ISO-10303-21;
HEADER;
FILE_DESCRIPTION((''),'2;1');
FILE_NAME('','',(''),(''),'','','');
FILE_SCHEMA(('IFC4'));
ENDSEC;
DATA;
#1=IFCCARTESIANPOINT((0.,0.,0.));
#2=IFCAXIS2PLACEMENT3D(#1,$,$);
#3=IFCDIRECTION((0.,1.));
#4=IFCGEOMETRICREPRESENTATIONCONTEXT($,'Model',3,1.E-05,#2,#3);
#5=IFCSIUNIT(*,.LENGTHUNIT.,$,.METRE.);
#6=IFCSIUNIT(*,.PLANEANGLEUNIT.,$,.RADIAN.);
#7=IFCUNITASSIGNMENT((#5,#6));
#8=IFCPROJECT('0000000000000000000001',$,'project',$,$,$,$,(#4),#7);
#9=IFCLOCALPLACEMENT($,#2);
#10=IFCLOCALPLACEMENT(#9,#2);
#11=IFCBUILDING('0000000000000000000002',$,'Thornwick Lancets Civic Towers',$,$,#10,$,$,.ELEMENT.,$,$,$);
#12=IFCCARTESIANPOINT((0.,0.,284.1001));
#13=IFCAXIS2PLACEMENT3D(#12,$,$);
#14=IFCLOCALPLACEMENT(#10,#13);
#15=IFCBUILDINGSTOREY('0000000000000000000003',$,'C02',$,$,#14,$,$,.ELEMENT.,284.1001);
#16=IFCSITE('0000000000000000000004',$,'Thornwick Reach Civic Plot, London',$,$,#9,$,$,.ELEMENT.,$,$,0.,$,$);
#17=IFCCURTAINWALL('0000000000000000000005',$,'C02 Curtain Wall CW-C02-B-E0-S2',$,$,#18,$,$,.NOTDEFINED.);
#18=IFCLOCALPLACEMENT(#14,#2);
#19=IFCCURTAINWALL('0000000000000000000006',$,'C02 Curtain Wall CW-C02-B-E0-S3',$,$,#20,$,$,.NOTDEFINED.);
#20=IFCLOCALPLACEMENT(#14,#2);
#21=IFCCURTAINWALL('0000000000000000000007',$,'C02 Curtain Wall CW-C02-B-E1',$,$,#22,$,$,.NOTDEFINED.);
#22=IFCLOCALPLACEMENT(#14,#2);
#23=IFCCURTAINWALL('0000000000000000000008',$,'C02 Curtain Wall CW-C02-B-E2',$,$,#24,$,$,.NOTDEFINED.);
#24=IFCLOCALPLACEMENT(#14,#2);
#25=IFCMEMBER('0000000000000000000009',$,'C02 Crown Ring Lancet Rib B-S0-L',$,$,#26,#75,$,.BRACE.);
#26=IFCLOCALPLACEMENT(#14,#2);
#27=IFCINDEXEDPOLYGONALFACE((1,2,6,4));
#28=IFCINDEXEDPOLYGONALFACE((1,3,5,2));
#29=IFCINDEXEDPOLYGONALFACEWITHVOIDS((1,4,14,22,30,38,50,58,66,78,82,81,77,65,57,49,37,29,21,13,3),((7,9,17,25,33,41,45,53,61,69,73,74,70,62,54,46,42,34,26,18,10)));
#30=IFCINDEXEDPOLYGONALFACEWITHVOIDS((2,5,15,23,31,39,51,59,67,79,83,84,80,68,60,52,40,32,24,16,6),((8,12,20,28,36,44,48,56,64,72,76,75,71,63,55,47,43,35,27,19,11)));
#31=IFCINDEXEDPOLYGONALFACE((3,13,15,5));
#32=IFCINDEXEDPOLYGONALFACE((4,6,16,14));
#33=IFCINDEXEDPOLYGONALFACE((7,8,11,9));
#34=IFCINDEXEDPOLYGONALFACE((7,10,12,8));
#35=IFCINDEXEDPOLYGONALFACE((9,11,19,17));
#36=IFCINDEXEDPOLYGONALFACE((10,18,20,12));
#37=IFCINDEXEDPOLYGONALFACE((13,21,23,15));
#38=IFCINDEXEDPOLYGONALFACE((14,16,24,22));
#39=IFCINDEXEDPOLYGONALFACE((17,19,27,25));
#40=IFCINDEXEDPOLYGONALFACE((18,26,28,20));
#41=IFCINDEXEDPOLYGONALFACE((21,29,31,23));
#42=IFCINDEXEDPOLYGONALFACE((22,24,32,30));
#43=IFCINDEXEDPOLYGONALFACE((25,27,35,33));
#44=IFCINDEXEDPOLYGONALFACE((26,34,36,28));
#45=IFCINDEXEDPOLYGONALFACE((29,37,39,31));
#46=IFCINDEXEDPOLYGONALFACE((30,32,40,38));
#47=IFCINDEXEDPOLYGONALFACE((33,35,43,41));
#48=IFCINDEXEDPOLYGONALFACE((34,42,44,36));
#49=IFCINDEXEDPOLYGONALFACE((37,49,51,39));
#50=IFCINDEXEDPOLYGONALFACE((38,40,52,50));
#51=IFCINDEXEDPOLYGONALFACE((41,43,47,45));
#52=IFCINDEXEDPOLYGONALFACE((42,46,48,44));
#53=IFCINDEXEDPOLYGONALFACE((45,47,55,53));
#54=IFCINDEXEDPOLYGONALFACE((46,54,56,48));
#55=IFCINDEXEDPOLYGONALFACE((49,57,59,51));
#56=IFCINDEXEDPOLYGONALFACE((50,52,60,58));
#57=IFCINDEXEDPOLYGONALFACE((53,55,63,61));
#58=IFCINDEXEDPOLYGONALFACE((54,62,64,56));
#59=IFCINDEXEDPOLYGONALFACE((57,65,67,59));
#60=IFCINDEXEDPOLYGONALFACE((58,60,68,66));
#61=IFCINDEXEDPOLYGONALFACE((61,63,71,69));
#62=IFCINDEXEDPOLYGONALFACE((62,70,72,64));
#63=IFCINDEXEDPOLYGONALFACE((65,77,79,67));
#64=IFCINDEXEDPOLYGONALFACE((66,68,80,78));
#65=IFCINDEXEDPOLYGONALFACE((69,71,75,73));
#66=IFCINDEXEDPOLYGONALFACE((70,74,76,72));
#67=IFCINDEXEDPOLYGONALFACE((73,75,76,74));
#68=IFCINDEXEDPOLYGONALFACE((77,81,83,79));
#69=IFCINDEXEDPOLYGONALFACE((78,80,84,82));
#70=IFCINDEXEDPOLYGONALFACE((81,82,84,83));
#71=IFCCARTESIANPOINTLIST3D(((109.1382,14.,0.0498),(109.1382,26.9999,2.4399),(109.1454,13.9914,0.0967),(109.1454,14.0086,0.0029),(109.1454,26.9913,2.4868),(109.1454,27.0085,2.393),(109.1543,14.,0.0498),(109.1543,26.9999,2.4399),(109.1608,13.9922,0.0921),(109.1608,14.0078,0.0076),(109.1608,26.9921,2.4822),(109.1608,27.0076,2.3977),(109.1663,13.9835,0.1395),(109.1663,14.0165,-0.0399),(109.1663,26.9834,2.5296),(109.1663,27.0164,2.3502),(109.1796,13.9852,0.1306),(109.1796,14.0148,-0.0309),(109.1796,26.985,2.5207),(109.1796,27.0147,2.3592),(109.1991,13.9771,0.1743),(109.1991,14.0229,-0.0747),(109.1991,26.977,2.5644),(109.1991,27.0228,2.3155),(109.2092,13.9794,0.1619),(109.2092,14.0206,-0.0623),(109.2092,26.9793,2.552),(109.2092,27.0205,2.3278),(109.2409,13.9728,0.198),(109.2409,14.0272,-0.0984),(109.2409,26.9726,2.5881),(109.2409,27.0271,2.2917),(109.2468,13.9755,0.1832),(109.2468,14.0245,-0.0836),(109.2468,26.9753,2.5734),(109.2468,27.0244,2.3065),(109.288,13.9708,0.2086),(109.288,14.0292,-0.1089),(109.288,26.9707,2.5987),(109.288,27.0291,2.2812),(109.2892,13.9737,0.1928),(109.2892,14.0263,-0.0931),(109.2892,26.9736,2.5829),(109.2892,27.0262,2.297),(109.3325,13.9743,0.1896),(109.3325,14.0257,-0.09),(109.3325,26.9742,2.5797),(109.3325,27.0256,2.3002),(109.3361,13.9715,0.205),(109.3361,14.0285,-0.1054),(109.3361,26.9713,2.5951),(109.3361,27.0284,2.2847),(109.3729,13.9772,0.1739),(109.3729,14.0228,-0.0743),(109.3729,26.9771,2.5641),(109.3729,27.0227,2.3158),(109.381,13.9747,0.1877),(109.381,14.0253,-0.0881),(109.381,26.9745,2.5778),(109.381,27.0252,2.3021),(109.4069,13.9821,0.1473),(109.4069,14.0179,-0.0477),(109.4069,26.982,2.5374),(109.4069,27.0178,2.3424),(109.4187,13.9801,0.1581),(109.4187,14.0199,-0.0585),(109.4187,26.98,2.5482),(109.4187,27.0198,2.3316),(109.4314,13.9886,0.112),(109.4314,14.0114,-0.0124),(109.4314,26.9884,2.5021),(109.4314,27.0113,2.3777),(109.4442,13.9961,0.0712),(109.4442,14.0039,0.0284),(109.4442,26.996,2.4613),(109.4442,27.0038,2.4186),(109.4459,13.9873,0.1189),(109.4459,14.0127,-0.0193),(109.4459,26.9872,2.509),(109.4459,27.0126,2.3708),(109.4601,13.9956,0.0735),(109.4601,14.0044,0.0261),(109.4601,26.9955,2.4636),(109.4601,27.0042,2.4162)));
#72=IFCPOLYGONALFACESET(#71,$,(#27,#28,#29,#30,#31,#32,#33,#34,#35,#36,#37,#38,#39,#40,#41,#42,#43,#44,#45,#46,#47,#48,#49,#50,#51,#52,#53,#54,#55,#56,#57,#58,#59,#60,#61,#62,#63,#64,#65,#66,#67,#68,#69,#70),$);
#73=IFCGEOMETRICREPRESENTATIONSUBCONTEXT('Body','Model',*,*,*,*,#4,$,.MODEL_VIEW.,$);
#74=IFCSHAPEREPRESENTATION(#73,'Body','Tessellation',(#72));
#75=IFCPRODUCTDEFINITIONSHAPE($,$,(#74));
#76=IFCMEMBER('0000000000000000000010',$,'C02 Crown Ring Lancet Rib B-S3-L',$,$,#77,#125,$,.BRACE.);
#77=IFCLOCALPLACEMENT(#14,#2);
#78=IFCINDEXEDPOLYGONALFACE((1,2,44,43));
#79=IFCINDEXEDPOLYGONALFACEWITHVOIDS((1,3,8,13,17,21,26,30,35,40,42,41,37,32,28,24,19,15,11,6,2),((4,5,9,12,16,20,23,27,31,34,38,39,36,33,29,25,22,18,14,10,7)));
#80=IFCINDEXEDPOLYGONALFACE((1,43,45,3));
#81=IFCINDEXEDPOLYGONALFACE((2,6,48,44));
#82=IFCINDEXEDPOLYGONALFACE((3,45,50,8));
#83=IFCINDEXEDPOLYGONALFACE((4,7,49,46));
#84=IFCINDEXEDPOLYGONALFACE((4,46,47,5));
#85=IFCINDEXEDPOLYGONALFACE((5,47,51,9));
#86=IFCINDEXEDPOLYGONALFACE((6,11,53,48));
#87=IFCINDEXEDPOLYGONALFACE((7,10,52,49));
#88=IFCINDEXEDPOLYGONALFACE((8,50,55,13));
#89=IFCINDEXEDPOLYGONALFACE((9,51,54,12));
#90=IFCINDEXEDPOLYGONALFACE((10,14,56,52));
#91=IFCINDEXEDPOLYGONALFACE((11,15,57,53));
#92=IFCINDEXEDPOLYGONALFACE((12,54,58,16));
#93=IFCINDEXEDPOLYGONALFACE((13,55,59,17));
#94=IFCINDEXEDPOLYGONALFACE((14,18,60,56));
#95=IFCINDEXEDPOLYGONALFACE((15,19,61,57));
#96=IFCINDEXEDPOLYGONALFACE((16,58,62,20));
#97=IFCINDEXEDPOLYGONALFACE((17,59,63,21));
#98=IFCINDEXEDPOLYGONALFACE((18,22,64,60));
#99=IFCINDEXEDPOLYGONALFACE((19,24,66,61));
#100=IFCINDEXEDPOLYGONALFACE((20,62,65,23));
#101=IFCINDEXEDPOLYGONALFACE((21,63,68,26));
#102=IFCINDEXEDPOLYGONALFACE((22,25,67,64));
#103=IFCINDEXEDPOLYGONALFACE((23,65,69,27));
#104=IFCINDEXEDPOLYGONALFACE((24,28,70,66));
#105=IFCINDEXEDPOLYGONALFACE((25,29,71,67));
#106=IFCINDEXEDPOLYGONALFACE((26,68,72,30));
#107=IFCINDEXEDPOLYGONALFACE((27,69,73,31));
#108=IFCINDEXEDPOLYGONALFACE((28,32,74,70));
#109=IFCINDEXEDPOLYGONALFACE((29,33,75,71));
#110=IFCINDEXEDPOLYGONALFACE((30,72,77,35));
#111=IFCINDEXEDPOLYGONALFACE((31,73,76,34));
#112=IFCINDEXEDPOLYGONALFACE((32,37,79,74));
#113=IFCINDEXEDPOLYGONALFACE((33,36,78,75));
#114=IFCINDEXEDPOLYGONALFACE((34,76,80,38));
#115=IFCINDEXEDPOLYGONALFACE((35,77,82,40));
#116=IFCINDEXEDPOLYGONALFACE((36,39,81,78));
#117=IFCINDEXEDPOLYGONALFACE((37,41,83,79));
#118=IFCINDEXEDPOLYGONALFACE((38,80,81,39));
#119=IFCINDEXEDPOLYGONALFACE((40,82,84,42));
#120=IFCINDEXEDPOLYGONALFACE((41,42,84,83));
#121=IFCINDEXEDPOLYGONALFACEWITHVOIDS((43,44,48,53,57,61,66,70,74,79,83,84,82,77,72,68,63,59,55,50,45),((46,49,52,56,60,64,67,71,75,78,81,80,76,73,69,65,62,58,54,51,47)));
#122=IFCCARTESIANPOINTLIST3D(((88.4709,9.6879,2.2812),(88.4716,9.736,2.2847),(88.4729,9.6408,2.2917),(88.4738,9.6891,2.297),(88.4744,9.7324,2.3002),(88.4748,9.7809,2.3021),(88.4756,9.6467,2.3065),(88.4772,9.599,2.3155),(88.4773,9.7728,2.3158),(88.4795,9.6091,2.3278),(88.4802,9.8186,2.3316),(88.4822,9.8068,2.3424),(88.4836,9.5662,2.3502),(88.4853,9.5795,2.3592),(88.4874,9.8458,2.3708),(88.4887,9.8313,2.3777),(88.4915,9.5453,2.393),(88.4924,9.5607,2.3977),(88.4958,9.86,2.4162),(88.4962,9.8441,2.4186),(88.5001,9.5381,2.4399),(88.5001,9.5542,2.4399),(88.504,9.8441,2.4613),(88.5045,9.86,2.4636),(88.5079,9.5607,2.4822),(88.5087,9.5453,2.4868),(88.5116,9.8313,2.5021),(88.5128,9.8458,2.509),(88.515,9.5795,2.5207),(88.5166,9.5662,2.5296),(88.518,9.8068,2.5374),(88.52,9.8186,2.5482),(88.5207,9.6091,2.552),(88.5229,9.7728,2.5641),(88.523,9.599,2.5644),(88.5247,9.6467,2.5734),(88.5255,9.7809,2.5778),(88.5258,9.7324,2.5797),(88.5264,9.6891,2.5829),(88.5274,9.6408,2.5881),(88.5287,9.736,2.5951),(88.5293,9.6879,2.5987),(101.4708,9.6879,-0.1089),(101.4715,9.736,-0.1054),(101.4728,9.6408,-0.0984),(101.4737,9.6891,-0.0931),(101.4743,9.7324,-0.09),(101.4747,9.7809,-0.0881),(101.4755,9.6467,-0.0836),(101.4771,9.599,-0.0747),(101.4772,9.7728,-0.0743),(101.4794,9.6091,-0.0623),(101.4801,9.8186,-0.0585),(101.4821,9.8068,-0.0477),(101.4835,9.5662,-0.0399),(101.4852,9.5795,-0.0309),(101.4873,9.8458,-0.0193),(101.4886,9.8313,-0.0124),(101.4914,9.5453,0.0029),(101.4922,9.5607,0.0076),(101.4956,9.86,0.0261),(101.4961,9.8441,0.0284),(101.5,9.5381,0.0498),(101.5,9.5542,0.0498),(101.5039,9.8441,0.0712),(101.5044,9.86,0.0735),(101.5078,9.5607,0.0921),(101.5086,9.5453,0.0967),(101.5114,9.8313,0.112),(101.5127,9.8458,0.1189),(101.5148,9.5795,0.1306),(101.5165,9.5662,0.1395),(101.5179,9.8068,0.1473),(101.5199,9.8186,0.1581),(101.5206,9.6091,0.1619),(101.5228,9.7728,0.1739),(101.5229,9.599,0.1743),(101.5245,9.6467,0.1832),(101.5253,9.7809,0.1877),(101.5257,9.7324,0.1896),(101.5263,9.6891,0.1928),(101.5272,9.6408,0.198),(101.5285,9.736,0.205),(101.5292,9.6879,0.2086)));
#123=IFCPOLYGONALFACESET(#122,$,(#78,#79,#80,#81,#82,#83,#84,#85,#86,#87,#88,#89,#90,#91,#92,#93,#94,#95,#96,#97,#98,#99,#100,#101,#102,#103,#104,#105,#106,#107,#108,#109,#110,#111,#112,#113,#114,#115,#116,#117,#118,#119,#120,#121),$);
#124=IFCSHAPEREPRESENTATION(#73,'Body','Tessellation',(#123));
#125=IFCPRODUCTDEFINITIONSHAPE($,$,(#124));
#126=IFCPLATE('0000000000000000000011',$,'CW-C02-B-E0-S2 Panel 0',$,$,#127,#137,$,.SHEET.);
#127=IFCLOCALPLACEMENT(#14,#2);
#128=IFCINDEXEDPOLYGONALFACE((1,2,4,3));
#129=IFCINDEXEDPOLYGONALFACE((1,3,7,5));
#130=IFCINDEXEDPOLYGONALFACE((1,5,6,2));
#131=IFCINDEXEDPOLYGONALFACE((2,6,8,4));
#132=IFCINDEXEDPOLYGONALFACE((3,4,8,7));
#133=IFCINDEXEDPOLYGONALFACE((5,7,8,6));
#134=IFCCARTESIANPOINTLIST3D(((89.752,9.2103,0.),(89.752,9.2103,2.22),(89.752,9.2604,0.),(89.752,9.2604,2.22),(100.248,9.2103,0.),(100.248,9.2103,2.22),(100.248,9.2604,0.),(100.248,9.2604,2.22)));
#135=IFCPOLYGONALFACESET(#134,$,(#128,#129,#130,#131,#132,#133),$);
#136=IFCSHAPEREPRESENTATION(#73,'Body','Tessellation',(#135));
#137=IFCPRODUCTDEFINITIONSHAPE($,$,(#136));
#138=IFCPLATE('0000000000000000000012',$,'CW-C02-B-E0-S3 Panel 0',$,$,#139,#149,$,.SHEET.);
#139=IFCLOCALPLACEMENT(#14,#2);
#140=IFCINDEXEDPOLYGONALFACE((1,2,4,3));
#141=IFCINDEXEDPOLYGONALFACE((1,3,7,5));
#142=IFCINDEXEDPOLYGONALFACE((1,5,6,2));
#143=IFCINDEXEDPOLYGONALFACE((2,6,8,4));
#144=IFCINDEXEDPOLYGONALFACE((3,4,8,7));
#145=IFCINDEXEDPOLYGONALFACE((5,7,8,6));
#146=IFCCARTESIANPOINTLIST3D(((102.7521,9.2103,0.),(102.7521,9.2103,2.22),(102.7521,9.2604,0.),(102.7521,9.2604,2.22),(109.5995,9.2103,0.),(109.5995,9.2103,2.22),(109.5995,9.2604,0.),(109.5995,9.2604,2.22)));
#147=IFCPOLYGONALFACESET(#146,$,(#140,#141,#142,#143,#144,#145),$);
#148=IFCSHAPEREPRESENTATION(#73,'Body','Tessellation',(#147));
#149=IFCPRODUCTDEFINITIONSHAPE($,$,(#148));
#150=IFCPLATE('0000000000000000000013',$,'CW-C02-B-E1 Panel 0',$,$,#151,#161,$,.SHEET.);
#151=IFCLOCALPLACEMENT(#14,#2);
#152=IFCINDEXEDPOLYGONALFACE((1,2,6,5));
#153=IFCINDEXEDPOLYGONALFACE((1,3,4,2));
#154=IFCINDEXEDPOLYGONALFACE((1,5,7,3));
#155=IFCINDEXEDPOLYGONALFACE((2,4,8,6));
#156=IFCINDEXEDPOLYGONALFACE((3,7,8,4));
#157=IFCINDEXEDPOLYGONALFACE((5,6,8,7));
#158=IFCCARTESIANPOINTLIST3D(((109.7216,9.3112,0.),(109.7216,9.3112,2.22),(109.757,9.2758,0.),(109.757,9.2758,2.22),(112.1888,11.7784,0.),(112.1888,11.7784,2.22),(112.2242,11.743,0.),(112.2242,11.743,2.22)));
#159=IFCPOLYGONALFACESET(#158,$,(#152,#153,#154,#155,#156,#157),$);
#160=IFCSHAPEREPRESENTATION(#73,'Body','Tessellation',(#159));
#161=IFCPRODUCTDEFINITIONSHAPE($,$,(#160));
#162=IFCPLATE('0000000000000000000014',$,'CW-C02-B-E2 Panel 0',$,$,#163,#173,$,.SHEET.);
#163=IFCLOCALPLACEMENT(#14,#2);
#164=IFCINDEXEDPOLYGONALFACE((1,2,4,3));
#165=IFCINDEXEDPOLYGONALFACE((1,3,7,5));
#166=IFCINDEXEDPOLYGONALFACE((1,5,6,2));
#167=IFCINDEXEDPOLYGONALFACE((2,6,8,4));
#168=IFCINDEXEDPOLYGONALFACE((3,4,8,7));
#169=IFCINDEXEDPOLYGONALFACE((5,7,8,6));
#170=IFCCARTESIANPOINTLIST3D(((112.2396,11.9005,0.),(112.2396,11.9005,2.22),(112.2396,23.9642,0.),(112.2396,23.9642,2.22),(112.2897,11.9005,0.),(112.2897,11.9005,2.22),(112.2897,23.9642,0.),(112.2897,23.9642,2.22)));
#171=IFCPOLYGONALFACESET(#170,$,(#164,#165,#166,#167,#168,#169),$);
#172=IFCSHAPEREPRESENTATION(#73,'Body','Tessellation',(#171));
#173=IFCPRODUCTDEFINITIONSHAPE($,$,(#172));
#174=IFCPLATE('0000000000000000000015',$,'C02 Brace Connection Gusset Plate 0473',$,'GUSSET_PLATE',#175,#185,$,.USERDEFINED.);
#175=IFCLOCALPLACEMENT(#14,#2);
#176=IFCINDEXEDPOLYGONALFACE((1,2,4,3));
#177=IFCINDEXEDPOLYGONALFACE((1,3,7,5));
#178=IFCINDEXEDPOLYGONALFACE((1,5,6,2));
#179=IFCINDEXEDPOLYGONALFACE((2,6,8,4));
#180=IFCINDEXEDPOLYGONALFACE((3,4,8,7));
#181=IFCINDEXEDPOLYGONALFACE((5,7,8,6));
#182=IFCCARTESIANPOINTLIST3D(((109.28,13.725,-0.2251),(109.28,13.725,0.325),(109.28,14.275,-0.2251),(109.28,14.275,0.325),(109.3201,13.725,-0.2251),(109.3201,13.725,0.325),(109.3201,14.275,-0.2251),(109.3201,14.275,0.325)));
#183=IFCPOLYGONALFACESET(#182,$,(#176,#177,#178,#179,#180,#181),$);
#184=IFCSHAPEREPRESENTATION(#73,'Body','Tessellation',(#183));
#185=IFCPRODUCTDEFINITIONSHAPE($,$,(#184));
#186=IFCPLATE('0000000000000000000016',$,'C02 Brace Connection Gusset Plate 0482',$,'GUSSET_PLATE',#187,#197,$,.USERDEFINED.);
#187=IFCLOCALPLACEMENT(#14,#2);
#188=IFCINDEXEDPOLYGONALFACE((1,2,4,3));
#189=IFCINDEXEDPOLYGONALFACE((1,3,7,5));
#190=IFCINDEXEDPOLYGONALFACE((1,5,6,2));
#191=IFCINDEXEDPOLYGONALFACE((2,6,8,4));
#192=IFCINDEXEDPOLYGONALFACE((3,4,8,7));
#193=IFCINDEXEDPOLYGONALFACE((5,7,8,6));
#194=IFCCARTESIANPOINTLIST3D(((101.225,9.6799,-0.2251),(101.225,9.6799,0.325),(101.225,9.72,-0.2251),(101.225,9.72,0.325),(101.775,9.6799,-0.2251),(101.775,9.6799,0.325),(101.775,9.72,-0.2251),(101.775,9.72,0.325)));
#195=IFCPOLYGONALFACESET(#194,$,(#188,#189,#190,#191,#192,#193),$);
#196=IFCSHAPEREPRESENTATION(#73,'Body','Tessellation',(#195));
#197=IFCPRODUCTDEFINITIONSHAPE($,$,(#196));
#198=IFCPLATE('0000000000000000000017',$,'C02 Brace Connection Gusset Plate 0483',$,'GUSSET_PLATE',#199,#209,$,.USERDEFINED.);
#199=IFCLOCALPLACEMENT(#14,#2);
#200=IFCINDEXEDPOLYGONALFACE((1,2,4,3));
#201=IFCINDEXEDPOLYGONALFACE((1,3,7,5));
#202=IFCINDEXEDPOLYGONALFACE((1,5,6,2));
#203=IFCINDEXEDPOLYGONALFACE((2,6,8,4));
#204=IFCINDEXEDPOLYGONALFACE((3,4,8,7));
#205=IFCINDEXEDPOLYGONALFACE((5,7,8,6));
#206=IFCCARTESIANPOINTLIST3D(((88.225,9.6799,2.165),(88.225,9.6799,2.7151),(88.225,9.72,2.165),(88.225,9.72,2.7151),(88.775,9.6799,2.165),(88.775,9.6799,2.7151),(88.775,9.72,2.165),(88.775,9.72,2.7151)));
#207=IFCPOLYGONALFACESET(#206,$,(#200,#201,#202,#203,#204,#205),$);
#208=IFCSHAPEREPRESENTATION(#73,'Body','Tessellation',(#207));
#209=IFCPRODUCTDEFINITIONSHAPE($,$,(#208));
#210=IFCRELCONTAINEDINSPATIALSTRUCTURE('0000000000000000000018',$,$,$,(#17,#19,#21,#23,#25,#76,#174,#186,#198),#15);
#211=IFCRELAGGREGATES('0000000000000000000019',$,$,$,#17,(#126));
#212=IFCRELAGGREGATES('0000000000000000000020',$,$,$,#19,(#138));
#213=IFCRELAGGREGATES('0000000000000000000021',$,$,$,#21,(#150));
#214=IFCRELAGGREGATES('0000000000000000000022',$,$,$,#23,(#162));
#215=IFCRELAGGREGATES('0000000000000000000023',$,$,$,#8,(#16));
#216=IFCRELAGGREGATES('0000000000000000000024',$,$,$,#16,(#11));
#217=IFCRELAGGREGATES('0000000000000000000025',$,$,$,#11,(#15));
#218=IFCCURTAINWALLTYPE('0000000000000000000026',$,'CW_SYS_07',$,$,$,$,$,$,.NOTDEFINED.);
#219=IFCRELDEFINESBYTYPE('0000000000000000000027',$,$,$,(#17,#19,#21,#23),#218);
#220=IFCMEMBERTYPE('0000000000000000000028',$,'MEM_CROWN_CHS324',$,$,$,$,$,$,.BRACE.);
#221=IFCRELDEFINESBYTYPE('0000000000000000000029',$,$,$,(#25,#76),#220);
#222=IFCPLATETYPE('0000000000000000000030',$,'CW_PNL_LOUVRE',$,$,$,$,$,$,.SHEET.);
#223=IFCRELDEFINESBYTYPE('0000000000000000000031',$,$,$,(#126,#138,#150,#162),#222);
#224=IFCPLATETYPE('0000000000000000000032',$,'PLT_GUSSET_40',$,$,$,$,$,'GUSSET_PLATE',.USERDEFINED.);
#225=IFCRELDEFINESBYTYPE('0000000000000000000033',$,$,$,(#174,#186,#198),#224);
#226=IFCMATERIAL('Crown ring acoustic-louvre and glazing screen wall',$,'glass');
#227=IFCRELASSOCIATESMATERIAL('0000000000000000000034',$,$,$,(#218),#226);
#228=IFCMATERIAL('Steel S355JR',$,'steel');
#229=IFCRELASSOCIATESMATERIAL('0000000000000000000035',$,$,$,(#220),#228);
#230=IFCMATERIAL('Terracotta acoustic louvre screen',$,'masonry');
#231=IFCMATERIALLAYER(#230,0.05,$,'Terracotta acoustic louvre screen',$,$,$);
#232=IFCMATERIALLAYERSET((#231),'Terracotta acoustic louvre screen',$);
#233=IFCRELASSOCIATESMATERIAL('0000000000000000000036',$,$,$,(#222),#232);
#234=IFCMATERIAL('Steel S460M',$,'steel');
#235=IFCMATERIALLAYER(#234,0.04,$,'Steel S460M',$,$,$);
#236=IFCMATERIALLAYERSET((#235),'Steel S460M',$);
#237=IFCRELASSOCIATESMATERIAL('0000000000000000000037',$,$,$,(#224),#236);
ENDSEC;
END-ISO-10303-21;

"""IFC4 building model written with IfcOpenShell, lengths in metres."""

from ifc_helpers import new_model, si_unit, direction, frame, origin, origin_2d, place, context, subcontext, project, spatial, rectangle, hollow_circle, extrude, material, layer, layer_set, material_profile, profile_set, type_object, element, aggregate, save


model = new_model("IFC4")

# Units and contexts
model_context = context("Model", 3, precision=1e-05, world=origin(), true_north=direction((0.0, 1.0)))
body_context = subcontext(model_context, "Body", "Model", "MODEL_VIEW")
ifc_project = project(units=[si_unit("LENGTHUNIT", "METRE"), si_unit("PLANEANGLEUNIT", "RADIAN")], contexts=[model_context])

# Site, building, storey
site_placement = place(None, origin())
site = spatial("IfcSite", under=ifc_project, at=site_placement, Name="Thornwick Reach Civic Plot, London", CompositionType="ELEMENT", RefElevation=0.0)
building_placement = place(site_placement, origin())
building = spatial("IfcBuilding", under=site, at=building_placement, Name="Thornwick Lancets Civic Towers", CompositionType="ELEMENT")
storey_placement = place(building_placement, frame((0.0, 0.0, 284.1001)))
storey = spatial("IfcBuildingStorey", under=building, at=storey_placement, Name="C02", CompositionType="ELEMENT", Elevation=284.1001)

# Shared definitions
ifc_material_1 = material(Name="Steel S355JR", Category="steel")

# Curtain walls
ifc_material_2 = material(Name="Crown ring acoustic-louvre and glazing screen wall", Category="glass")
curtain_wall_type = type_object("IfcCurtainWallType", Name="CW_SYS_07", PredefinedType="NOTDEFINED", material=ifc_material_2)
curtain_wall_1_placement = place(storey_placement, origin())
curtain_wall_1 = element("IfcCurtainWall", 1, at=curtain_wall_1_placement, inside=storey, type_object=curtain_wall_type, Name="C02 Curtain Wall CW-C02-B-E0-S2", PredefinedType="NOTDEFINED")
curtain_wall_2_placement = place(storey_placement, origin())
curtain_wall_2 = element("IfcCurtainWall", 2, at=curtain_wall_2_placement, inside=storey, type_object=curtain_wall_type, Name="C02 Curtain Wall CW-C02-B-E0-S3", PredefinedType="NOTDEFINED")
curtain_wall_3_placement = place(storey_placement, origin())
curtain_wall_3 = element("IfcCurtainWall", 3, at=curtain_wall_3_placement, inside=storey, type_object=curtain_wall_type, Name="C02 Curtain Wall CW-C02-B-E1", PredefinedType="NOTDEFINED")
curtain_wall_4_placement = place(storey_placement, origin())
curtain_wall_4 = element("IfcCurtainWall", 4, at=curtain_wall_4_placement, inside=storey, type_object=curtain_wall_type, Name="C02 Curtain Wall CW-C02-B-E2", PredefinedType="NOTDEFINED")

# Members
ifc_material_profile_1 = material_profile(ifc_material_1, hollow_circle(Radius=0.1619, WallThickness=0.0161, at=origin_2d()), Name="CHS 323.9x16")
ifc_profile_set_1 = profile_set([ifc_material_profile_1], Name="Steel S355JR")
member_type_1 = type_object("IfcMemberType", Name="MEM_CROWN_CHS324", PredefinedType="BRACE", material=ifc_profile_set_1)
for number, where, z_axis, x_axis, name in (
    (5, (109.3, 14.0, 0.0498), (0.0, 0.983515, 0.180826), (-1.0, 0.0, 0.0), "C02 Crown Ring Lancet Rib B-S0-L"),
    (6, (101.5, 9.7, 0.0498), (-0.983515, 0.0, 0.180826), (0.0, -1.0, 0.0), "C02 Crown Ring Lancet Rib B-S3-L"),
):
    element("IfcMember", number, at=place(storey_placement, frame(where, z_axis=z_axis, x_axis=x_axis)), inside=storey, type_object=member_type_1, Name=name, PredefinedType="BRACE", context=body_context, shape_type="SweptSolid", body=[
        extrude(hollow_circle(Radius=0.1619, WallThickness=0.0161, at=origin_2d()), origin(), (0.0, 0.0, 1.0), 13.2178),
    ])

# Plates
ifc_material_3 = material(Name="Terracotta acoustic louvre screen", Category="masonry")
ifc_layer_1 = layer(ifc_material_3, 0.05, Name="Terracotta acoustic louvre screen")
ifc_layer_set_1 = layer_set([ifc_layer_1], Name="Terracotta acoustic louvre screen")
plate_type_1 = type_object("IfcPlateType", Name="CW_PNL_LOUVRE", PredefinedType="SHEET", material=ifc_layer_set_1)
plate_1_placement = place(storey_placement, frame((95.0, 9.2354, 0.0), z_axis=(0.0, 0.0, 1.0), x_axis=(1.0, 0.0, 0.0)))
plate_1 = element("IfcPlate", 7, at=plate_1_placement, type_object=plate_type_1, Name="CW-C02-B-E0-S2 Panel 0", PredefinedType="SHEET", context=body_context, shape_type="SweptSolid", body=[
    extrude(rectangle(XDim=10.4961, YDim=0.05, at=origin_2d()), origin(), (0.0, 0.0, 1.0), 2.22),
])
aggregate(curtain_wall_1, [plate_1])
plate_2_placement = place(storey_placement, frame((106.1758, 9.2354, 0.0), z_axis=(0.0, 0.0, 1.0), x_axis=(1.0, 0.0, 0.0)))
plate_2 = element("IfcPlate", 8, at=plate_2_placement, type_object=plate_type_1, Name="CW-C02-B-E0-S3 Panel 0", PredefinedType="SHEET", context=body_context, shape_type="SweptSolid", body=[
    extrude(rectangle(XDim=6.8474, YDim=0.05, at=origin_2d()), origin(), (0.0, 0.0, 1.0), 2.22),
])
aggregate(curtain_wall_2, [plate_2])
plate_3_placement = place(storey_placement, frame((110.9729, 10.5271, 0.0), z_axis=(0.0, 0.0, 1.0), x_axis=(0.707107, 0.707107, 0.0)))
plate_3 = element("IfcPlate", 9, at=plate_3_placement, type_object=plate_type_1, Name="CW-C02-B-E1 Panel 0", PredefinedType="SHEET", context=body_context, shape_type="SweptSolid", body=[
    extrude(rectangle(XDim=3.4893, YDim=0.05, at=origin_2d()), origin(), (0.0, 0.0, 1.0), 2.22),
])
aggregate(curtain_wall_3, [plate_3])
plate_4_placement = place(storey_placement, frame((112.2646, 17.9324, 0.0), z_axis=(0.0, 0.0, 1.0), x_axis=(0.0, 1.0, 0.0)))
plate_4 = element("IfcPlate", 10, at=plate_4_placement, type_object=plate_type_1, Name="CW-C02-B-E2 Panel 0", PredefinedType="SHEET", context=body_context, shape_type="SweptSolid", body=[
    extrude(rectangle(XDim=12.0637, YDim=0.05, at=origin_2d()), origin(), (0.0, 0.0, 1.0), 2.22),
])
aggregate(curtain_wall_4, [plate_4])

# Plates
ifc_material_4 = material(Name="Steel S460M", Category="steel")
ifc_layer_2 = layer(ifc_material_4, 0.04, Name="Steel S460M")
ifc_layer_set_2 = layer_set([ifc_layer_2], Name="Steel S460M")
plate_type_2 = type_object("IfcPlateType", Name="PLT_GUSSET_40", ElementType="GUSSET_PLATE", PredefinedType="USERDEFINED", material=ifc_layer_set_2)
for number, where, z_axis, x_axis, name in (
    (11, (109.3, 14.0, -0.2251), (0.0, 0.0, 1.0), (0.0, 1.0, 0.0), "C02 Brace Connection Gusset Plate 0473"),
    (12, (101.5, 9.7, -0.2251), (0.0, 0.0, 1.0), (-1.0, 0.0, 0.0), "C02 Brace Connection Gusset Plate 0482"),
    (13, (88.5, 9.7, 2.165), (0.0, 0.0, 1.0), (-1.0, 0.0, 0.0), "C02 Brace Connection Gusset Plate 0483"),
):
    element("IfcPlate", number, at=place(storey_placement, frame(where, z_axis=z_axis, x_axis=x_axis)), inside=storey, type_object=plate_type_2, Name=name, ObjectType="GUSSET_PLATE", PredefinedType="USERDEFINED", context=body_context, shape_type="SweptSolid", body=[
        extrude(rectangle(XDim=0.55, YDim=0.04, at=origin_2d()), origin(), (0.0, 0.0, 1.0), 0.55),
    ])

save(model, "model.ifc")
